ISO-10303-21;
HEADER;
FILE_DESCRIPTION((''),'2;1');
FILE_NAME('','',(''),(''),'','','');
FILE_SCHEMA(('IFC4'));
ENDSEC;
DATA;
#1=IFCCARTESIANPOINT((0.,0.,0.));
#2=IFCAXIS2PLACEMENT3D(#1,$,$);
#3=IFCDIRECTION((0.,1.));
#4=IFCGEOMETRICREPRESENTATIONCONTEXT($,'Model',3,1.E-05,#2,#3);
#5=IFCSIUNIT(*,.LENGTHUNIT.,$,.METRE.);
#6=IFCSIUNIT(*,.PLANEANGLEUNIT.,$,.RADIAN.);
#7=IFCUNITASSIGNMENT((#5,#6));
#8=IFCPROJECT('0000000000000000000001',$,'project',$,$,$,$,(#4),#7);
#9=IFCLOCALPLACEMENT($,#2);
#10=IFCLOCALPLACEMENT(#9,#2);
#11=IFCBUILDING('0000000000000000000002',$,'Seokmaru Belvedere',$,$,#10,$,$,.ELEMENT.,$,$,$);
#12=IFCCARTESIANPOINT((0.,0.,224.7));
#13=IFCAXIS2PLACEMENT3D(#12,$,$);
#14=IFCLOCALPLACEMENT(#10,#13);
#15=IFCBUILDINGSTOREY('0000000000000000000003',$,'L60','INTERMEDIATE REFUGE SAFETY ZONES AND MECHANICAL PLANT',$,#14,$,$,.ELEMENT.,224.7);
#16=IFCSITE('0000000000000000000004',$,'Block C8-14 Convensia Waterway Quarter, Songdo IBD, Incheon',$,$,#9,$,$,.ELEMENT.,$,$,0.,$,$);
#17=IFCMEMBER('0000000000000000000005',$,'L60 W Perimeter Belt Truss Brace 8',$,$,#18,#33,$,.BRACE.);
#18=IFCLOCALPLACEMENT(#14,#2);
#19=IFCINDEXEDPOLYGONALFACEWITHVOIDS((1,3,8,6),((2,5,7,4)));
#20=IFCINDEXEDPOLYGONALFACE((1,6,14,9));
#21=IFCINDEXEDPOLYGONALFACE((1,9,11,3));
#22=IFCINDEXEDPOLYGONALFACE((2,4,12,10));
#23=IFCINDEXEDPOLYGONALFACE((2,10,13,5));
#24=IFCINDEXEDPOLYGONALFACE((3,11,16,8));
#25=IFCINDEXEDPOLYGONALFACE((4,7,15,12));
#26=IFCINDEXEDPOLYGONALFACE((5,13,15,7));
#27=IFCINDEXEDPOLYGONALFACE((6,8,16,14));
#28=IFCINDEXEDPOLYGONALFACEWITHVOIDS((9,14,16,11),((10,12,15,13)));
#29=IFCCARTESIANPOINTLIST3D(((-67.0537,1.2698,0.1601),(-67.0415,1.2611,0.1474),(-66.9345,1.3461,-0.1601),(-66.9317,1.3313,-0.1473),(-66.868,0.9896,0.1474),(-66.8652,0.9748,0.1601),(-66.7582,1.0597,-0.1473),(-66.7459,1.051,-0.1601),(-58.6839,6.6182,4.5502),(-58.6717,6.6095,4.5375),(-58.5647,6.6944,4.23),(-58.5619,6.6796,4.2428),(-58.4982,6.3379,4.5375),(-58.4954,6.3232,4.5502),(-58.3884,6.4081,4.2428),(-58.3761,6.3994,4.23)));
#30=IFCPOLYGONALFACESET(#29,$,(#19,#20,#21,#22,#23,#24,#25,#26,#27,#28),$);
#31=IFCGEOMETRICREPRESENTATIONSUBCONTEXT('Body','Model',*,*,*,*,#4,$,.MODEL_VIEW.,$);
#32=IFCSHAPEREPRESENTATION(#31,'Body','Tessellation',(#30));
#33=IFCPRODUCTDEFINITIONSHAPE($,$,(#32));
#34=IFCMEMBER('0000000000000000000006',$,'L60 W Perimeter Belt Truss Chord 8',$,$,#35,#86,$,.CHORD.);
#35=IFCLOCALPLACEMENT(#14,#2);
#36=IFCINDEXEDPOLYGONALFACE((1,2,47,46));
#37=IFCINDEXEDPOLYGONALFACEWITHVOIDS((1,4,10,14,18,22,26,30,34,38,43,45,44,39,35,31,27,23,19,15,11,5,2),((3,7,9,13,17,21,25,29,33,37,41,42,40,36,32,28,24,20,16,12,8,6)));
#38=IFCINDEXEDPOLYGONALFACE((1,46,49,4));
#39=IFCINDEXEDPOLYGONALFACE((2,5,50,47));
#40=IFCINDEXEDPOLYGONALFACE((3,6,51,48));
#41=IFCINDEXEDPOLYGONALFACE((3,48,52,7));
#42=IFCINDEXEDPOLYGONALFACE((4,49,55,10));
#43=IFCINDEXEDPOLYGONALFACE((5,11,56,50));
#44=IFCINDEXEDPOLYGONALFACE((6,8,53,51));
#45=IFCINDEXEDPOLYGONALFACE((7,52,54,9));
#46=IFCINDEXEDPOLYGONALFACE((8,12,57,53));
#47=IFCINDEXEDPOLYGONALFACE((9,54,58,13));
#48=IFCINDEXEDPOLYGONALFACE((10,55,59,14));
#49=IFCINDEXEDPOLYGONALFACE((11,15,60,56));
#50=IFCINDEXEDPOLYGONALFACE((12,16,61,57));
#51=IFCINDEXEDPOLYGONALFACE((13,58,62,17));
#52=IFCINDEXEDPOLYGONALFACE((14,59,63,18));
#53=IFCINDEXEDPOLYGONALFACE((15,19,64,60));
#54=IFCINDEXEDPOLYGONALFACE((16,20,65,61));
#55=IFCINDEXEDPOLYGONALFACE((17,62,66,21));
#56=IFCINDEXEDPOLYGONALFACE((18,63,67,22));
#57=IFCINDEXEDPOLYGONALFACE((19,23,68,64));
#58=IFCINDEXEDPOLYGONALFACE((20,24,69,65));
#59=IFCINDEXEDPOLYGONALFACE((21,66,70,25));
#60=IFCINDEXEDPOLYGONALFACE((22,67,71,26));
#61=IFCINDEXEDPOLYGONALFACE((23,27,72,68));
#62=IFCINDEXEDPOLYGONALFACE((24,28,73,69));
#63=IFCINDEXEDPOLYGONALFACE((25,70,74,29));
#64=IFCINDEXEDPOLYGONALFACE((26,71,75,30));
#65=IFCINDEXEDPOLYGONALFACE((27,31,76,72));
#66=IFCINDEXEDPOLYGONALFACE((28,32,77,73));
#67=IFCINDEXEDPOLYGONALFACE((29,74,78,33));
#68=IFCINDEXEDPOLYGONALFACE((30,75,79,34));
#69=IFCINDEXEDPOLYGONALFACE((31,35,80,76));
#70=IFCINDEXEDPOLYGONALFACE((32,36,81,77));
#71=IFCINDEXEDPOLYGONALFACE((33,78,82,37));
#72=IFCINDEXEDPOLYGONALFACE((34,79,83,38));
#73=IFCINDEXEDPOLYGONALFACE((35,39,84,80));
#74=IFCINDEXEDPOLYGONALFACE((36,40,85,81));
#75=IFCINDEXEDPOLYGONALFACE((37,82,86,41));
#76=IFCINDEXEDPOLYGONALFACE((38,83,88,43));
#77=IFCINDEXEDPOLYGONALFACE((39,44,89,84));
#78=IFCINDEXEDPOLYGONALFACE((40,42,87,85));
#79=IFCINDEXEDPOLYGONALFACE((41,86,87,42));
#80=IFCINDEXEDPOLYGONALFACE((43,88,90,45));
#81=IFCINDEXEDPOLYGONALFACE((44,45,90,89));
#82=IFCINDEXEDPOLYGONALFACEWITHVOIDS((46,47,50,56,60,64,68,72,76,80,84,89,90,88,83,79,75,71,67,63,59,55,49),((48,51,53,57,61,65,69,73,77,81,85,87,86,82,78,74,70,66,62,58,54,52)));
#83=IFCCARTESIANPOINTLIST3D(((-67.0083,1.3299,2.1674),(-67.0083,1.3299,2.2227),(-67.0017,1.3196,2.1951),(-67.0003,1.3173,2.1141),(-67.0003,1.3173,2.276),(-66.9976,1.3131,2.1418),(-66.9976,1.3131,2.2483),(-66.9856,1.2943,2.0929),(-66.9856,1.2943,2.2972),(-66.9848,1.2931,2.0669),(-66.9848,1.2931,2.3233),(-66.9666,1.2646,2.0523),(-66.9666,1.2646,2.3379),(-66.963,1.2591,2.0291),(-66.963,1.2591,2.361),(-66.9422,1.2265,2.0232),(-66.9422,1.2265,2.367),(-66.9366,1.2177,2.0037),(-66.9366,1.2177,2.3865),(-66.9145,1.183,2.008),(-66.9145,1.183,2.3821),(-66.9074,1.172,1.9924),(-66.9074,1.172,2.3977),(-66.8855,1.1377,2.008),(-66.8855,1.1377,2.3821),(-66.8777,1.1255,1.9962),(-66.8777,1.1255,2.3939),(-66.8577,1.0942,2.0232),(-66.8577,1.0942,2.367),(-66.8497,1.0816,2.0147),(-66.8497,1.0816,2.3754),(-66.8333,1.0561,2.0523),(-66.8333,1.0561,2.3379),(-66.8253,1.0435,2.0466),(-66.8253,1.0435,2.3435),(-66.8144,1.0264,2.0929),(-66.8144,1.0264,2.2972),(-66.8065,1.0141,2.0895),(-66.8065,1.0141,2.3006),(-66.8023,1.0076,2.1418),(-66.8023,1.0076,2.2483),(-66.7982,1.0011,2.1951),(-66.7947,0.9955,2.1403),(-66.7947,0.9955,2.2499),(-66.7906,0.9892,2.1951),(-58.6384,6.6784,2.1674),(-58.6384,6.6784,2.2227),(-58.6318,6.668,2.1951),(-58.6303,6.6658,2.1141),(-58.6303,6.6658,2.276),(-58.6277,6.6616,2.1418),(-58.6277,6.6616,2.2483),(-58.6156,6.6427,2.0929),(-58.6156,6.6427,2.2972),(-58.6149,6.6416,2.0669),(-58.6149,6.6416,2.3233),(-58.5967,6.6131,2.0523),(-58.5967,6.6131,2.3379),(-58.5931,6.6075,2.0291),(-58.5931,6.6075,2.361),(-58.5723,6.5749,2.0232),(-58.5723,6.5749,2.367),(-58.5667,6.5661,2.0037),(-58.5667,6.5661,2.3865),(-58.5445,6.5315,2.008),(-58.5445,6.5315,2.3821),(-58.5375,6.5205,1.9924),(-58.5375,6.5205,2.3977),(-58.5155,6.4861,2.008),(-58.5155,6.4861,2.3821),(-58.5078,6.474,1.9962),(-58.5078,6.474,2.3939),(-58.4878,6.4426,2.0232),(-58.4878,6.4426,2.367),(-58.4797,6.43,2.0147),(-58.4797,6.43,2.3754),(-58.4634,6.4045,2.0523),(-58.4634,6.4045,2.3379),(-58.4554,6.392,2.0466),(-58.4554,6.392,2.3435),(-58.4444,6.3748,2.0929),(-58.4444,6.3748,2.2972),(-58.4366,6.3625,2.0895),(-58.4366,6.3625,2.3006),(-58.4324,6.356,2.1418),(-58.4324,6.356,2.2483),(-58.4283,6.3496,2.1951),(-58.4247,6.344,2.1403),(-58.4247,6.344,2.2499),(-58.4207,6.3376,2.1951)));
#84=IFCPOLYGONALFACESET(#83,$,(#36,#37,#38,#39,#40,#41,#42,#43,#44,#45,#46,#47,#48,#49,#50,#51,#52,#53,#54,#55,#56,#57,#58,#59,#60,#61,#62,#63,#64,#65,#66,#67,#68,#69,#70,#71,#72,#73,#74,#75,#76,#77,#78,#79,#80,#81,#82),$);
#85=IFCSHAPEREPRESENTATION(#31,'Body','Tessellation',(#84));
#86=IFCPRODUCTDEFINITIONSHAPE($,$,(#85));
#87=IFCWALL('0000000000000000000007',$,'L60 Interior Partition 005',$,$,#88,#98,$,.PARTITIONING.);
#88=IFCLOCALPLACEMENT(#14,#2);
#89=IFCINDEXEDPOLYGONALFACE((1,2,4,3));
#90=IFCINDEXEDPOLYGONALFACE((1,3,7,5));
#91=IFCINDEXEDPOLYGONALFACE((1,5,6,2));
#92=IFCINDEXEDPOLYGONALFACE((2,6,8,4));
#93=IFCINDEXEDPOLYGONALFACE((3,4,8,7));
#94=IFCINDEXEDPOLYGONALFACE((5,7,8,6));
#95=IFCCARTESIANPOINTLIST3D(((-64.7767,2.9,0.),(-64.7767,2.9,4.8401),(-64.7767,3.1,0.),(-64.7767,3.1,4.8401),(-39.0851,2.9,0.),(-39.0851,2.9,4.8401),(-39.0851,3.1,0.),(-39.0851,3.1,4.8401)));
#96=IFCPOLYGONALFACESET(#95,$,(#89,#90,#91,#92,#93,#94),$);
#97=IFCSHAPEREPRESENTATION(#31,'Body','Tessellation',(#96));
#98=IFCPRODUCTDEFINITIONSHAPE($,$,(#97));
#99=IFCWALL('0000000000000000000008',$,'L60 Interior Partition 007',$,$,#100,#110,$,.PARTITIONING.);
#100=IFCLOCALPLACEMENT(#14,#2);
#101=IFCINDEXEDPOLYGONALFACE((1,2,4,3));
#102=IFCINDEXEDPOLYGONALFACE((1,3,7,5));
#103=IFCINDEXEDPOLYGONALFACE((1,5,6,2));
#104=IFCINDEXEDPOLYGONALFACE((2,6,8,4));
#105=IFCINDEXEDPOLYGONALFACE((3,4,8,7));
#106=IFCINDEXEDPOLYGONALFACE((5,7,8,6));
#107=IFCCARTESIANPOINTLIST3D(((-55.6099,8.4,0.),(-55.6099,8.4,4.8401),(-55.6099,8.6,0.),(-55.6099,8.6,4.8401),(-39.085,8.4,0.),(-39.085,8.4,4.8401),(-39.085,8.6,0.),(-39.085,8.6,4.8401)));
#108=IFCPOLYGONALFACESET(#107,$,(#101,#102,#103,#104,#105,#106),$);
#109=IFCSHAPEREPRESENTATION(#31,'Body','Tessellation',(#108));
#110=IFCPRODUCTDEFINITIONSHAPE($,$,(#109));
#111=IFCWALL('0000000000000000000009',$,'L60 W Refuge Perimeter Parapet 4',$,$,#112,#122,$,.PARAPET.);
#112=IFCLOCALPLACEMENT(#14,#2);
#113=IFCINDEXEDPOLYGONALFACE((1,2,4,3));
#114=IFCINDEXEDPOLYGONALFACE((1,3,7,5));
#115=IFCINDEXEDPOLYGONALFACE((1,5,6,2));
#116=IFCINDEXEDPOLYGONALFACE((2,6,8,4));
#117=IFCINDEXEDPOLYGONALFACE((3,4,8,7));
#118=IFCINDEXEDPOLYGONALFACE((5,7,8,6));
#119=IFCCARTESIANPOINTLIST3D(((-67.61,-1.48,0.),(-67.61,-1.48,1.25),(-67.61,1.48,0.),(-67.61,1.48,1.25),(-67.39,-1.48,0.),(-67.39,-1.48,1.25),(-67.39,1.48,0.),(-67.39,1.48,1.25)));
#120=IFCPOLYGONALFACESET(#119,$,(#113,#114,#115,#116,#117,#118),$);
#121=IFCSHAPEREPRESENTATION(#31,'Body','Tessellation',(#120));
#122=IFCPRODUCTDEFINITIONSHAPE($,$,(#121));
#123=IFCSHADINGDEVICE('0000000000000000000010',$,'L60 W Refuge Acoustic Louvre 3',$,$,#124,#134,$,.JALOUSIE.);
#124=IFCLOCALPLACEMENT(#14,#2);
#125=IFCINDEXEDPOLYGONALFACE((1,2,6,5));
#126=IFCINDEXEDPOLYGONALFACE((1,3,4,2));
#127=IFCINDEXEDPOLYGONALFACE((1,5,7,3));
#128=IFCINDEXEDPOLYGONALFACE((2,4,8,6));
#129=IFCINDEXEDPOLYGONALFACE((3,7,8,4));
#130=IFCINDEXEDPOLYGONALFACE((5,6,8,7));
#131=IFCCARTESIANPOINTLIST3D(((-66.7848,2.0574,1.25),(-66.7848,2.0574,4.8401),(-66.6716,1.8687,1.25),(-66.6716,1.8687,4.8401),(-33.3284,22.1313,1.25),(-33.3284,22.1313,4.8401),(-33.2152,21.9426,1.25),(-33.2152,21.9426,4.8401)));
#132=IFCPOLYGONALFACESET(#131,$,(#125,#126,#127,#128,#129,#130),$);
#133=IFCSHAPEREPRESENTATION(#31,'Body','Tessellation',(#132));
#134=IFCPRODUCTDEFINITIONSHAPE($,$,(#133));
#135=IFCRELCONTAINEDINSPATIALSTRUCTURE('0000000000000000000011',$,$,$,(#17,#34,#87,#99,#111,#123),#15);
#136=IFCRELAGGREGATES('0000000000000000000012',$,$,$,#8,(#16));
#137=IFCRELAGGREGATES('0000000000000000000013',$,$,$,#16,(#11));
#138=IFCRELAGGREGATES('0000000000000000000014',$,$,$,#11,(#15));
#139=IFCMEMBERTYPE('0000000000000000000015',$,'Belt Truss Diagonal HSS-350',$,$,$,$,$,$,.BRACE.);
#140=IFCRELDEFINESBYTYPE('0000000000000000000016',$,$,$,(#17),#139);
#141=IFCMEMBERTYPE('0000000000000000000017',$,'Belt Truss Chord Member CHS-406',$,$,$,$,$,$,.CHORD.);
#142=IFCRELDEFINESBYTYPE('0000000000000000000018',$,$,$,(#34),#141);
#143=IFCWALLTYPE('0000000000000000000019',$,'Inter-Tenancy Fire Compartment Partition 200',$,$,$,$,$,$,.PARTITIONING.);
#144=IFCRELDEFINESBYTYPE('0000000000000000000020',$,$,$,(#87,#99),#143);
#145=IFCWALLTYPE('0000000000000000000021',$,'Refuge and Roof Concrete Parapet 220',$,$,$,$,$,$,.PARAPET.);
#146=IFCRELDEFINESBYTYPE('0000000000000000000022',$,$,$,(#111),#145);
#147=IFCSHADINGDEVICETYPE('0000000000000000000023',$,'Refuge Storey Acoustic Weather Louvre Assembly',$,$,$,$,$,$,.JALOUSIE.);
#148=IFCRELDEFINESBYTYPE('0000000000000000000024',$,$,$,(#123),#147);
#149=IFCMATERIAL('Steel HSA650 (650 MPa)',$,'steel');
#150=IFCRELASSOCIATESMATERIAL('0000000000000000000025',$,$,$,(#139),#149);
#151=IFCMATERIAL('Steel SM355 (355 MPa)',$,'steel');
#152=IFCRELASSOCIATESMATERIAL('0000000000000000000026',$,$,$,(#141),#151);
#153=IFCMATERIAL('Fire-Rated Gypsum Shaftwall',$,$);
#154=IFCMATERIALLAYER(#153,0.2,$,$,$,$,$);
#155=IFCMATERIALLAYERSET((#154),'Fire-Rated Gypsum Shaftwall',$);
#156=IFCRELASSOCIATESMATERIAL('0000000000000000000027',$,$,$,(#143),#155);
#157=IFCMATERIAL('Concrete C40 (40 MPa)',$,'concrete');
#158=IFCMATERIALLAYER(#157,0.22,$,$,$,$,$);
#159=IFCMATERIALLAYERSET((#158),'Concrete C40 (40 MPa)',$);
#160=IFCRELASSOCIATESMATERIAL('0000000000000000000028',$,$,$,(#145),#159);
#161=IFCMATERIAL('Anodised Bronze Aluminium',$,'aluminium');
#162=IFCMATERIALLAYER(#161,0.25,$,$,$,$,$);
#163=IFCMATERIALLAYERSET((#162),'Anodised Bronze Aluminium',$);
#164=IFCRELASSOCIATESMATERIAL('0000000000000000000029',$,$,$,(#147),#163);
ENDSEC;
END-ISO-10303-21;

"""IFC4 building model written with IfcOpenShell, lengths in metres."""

from ifc_helpers import new_model, si_unit, direction, frame, frame_2d, origin, origin_2d, place, context, subcontext, project, spatial, rectangle, hollow_rectangle, hollow_circle, extrude, source, transform, mapped, material, layer, layer_set, material_profile, profile_set, type_object, type_shapes, element, save


model = new_model("IFC4")

# Units and contexts
model_context = context("Model", 3, precision=1e-05, world=origin(), true_north=direction((0.0, 1.0)))
body_context = subcontext(model_context, "Body", "Model", "MODEL_VIEW")
ifc_project = project(units=[si_unit("LENGTHUNIT", "METRE"), si_unit("PLANEANGLEUNIT", "RADIAN")], contexts=[model_context])

# Site, building, storey
site_placement = place(None, origin())
site = spatial("IfcSite", under=ifc_project, at=site_placement, Name="Block C8-14 Convensia Waterway Quarter, Songdo IBD, Incheon", CompositionType="ELEMENT", RefElevation=0.0)
building_placement = place(site_placement, origin())
building = spatial("IfcBuilding", under=site, at=building_placement, Name="Seokmaru Belvedere", CompositionType="ELEMENT")
storey_placement = place(building_placement, frame((0.0, 0.0, 224.7)))
storey = spatial("IfcBuildingStorey", under=building, at=storey_placement, Name="L60", Description="INTERMEDIATE REFUGE SAFETY ZONES AND MECHANICAL PLANT", CompositionType="ELEMENT", Elevation=224.7)

# Shared definitions
ifc_material_1 = material(Name="Steel SM355 (355 MPa)", Category="steel")

# Members
ifc_material_2 = material(Name="Steel HSA650 (650 MPa)", Category="steel")
ifc_material_profile_1 = material_profile(ifc_material_2, hollow_rectangle(XDim=0.3501, YDim=0.3501, WallThickness=0.0139, at=origin_2d()), Name="HSS-350x350x14")
ifc_profile_set_1 = profile_set([ifc_material_profile_1], Name="Steel HSA650 (650 MPa)")
member_type_1 = type_object("IfcMemberType", Name="Belt Truss Diagonal HSS-350", PredefinedType="BRACE", material=ifc_profile_set_1)
shared_shape_1 = source(origin(), body_context, "Body", "SweptSolid", [
    extrude(hollow_rectangle(XDim=0.3501, YDim=0.3501, WallThickness=0.0139, at=origin_2d()), origin(), (0.0, 0.0, 1.0), 10.8596),
])
type_shapes(member_type_1, [shared_shape_1])
member_1_placement = place(storey_placement, frame((-58.53, 6.5088, 4.3901), z_axis=(-0.770727, -0.492498, -0.404259), x_axis=(0.538459, -0.842652, 0.0)))
element("IfcMember", 1, at=member_1_placement, inside=storey, type_object=member_type_1, Name="L60 W Perimeter Belt Truss Brace 8", PredefinedType="BRACE", context=body_context, shape_type="MappedRepresentation", body=[
    mapped(shared_shape_1, transform((0.0, 0.0, 0.0), scale=1.0)),
])
ifc_material_profile_2 = material_profile(ifc_material_1, hollow_circle(Radius=0.2031, WallThickness=0.0142, at=origin_2d()), Name="CHS-406.4x14.2")
ifc_profile_set_2 = profile_set([ifc_material_profile_2], Name="Steel SM355 (355 MPa)")
member_type_2 = type_object("IfcMemberType", Name="Belt Truss Chord Member CHS-406", PredefinedType="CHORD", material=ifc_profile_set_2)
shared_shape_2 = source(origin(), body_context, "Body", "SweptSolid", [
    extrude(hollow_circle(Radius=0.2031, WallThickness=0.0142, at=origin_2d()), origin(), (0.0, 0.0, 1.0), 9.9329),
])
type_shapes(member_type_2, [shared_shape_2])
member_2_placement = place(storey_placement, frame((-58.53, 6.5088, 2.1951), z_axis=(-0.842652, -0.538459, 0.0), x_axis=(0.538459, -0.842652, 0.0)))
element("IfcMember", 2, at=member_2_placement, inside=storey, type_object=member_type_2, Name="L60 W Perimeter Belt Truss Chord 8", PredefinedType="CHORD", context=body_context, shape_type="MappedRepresentation", body=[
    mapped(shared_shape_2, transform((0.0, 0.0, 0.0), scale=1.0)),
])

# Walls
ifc_material_3 = material(Name="Fire-Rated Gypsum Shaftwall")
ifc_layer_1 = layer(ifc_material_3, 0.2)
ifc_layer_set_1 = layer_set([ifc_layer_1], Name="Fire-Rated Gypsum Shaftwall")
wall_type_1 = type_object("IfcWallType", Name="Inter-Tenancy Fire Compartment Partition 200", PredefinedType="PARTITIONING", material=ifc_layer_set_1)
wall_1_placement = place(storey_placement, frame((-64.7766, 3.0, 0.0), z_axis=(0.0, 0.0, 1.0), x_axis=(1.0, 0.0, 0.0)))
element("IfcWall", 3, at=wall_1_placement, inside=storey, type_object=wall_type_1, Name="L60 Interior Partition 005", PredefinedType="PARTITIONING", context=body_context, shape_type="SweptSolid", body=[
    extrude(rectangle(XDim=25.6917, YDim=0.2, at=frame_2d((12.8457, 0.0))), origin(), (0.0, 0.0, 1.0), 4.8401),
])
wall_2_placement = place(storey_placement, frame((-55.6099, 8.5, 0.0), z_axis=(0.0, 0.0, 1.0), x_axis=(1.0, 0.0, 0.0)))
element("IfcWall", 4, at=wall_2_placement, inside=storey, type_object=wall_type_1, Name="L60 Interior Partition 007", PredefinedType="PARTITIONING", context=body_context, shape_type="SweptSolid", body=[
    extrude(rectangle(XDim=16.5249, YDim=0.2, at=frame_2d((8.2625, 0.0))), origin(), (0.0, 0.0, 1.0), 4.8401),
])
ifc_material_4 = material(Name="Concrete C40 (40 MPa)", Category="concrete")
ifc_layer_2 = layer(ifc_material_4, 0.22)
ifc_layer_set_2 = layer_set([ifc_layer_2], Name="Concrete C40 (40 MPa)")
wall_type_2 = type_object("IfcWallType", Name="Refuge and Roof Concrete Parapet 220", PredefinedType="PARAPET", material=ifc_layer_set_2)
wall_3_placement = place(storey_placement, frame((-67.5, 1.48, 0.0), z_axis=(0.0, 0.0, 1.0), x_axis=(0.0, -1.0, 0.0)))
element("IfcWall", 5, at=wall_3_placement, inside=storey, type_object=wall_type_2, Name="L60 W Refuge Perimeter Parapet 4", PredefinedType="PARAPET", context=body_context, shape_type="SweptSolid", body=[
    extrude(rectangle(XDim=2.96, YDim=0.22, at=frame_2d((1.48, 0.0))), origin(), (0.0, 0.0, 1.0), 1.25),
])

# Shading device
ifc_material_5 = material(Name="Anodised Bronze Aluminium", Category="aluminium")
ifc_layer_3 = layer(ifc_material_5, 0.25)
ifc_layer_set_3 = layer_set([ifc_layer_3], Name="Anodised Bronze Aluminium")
shading_device_type = type_object("IfcShadingDeviceType", Name="Refuge Storey Acoustic Weather Louvre Assembly", PredefinedType="JALOUSIE", material=ifc_layer_set_3)
shared_shape_3 = source(origin(), body_context, "Body", "SweptSolid", [
    extrude(rectangle(XDim=39.0166, YDim=0.22, at=origin_2d()), origin(), (0.0, 0.0, 1.0), 3.5901),
])
type_shapes(shading_device_type, [shared_shape_3])
shading_device_placement = place(storey_placement, frame((-50.0, 12.0, 1.25), z_axis=(0.0, 0.0, 1.0), x_axis=(-0.857493, -0.514496, 0.0)))
element("IfcShadingDevice", 6, at=shading_device_placement, inside=storey, type_object=shading_device_type, Name="L60 W Refuge Acoustic Louvre 3", PredefinedType="JALOUSIE", context=body_context, shape_type="MappedRepresentation", body=[
    mapped(shared_shape_3, transform((0.0, 0.0, 0.0), scale=1.0)),
])

save(model, "model.ifc")
